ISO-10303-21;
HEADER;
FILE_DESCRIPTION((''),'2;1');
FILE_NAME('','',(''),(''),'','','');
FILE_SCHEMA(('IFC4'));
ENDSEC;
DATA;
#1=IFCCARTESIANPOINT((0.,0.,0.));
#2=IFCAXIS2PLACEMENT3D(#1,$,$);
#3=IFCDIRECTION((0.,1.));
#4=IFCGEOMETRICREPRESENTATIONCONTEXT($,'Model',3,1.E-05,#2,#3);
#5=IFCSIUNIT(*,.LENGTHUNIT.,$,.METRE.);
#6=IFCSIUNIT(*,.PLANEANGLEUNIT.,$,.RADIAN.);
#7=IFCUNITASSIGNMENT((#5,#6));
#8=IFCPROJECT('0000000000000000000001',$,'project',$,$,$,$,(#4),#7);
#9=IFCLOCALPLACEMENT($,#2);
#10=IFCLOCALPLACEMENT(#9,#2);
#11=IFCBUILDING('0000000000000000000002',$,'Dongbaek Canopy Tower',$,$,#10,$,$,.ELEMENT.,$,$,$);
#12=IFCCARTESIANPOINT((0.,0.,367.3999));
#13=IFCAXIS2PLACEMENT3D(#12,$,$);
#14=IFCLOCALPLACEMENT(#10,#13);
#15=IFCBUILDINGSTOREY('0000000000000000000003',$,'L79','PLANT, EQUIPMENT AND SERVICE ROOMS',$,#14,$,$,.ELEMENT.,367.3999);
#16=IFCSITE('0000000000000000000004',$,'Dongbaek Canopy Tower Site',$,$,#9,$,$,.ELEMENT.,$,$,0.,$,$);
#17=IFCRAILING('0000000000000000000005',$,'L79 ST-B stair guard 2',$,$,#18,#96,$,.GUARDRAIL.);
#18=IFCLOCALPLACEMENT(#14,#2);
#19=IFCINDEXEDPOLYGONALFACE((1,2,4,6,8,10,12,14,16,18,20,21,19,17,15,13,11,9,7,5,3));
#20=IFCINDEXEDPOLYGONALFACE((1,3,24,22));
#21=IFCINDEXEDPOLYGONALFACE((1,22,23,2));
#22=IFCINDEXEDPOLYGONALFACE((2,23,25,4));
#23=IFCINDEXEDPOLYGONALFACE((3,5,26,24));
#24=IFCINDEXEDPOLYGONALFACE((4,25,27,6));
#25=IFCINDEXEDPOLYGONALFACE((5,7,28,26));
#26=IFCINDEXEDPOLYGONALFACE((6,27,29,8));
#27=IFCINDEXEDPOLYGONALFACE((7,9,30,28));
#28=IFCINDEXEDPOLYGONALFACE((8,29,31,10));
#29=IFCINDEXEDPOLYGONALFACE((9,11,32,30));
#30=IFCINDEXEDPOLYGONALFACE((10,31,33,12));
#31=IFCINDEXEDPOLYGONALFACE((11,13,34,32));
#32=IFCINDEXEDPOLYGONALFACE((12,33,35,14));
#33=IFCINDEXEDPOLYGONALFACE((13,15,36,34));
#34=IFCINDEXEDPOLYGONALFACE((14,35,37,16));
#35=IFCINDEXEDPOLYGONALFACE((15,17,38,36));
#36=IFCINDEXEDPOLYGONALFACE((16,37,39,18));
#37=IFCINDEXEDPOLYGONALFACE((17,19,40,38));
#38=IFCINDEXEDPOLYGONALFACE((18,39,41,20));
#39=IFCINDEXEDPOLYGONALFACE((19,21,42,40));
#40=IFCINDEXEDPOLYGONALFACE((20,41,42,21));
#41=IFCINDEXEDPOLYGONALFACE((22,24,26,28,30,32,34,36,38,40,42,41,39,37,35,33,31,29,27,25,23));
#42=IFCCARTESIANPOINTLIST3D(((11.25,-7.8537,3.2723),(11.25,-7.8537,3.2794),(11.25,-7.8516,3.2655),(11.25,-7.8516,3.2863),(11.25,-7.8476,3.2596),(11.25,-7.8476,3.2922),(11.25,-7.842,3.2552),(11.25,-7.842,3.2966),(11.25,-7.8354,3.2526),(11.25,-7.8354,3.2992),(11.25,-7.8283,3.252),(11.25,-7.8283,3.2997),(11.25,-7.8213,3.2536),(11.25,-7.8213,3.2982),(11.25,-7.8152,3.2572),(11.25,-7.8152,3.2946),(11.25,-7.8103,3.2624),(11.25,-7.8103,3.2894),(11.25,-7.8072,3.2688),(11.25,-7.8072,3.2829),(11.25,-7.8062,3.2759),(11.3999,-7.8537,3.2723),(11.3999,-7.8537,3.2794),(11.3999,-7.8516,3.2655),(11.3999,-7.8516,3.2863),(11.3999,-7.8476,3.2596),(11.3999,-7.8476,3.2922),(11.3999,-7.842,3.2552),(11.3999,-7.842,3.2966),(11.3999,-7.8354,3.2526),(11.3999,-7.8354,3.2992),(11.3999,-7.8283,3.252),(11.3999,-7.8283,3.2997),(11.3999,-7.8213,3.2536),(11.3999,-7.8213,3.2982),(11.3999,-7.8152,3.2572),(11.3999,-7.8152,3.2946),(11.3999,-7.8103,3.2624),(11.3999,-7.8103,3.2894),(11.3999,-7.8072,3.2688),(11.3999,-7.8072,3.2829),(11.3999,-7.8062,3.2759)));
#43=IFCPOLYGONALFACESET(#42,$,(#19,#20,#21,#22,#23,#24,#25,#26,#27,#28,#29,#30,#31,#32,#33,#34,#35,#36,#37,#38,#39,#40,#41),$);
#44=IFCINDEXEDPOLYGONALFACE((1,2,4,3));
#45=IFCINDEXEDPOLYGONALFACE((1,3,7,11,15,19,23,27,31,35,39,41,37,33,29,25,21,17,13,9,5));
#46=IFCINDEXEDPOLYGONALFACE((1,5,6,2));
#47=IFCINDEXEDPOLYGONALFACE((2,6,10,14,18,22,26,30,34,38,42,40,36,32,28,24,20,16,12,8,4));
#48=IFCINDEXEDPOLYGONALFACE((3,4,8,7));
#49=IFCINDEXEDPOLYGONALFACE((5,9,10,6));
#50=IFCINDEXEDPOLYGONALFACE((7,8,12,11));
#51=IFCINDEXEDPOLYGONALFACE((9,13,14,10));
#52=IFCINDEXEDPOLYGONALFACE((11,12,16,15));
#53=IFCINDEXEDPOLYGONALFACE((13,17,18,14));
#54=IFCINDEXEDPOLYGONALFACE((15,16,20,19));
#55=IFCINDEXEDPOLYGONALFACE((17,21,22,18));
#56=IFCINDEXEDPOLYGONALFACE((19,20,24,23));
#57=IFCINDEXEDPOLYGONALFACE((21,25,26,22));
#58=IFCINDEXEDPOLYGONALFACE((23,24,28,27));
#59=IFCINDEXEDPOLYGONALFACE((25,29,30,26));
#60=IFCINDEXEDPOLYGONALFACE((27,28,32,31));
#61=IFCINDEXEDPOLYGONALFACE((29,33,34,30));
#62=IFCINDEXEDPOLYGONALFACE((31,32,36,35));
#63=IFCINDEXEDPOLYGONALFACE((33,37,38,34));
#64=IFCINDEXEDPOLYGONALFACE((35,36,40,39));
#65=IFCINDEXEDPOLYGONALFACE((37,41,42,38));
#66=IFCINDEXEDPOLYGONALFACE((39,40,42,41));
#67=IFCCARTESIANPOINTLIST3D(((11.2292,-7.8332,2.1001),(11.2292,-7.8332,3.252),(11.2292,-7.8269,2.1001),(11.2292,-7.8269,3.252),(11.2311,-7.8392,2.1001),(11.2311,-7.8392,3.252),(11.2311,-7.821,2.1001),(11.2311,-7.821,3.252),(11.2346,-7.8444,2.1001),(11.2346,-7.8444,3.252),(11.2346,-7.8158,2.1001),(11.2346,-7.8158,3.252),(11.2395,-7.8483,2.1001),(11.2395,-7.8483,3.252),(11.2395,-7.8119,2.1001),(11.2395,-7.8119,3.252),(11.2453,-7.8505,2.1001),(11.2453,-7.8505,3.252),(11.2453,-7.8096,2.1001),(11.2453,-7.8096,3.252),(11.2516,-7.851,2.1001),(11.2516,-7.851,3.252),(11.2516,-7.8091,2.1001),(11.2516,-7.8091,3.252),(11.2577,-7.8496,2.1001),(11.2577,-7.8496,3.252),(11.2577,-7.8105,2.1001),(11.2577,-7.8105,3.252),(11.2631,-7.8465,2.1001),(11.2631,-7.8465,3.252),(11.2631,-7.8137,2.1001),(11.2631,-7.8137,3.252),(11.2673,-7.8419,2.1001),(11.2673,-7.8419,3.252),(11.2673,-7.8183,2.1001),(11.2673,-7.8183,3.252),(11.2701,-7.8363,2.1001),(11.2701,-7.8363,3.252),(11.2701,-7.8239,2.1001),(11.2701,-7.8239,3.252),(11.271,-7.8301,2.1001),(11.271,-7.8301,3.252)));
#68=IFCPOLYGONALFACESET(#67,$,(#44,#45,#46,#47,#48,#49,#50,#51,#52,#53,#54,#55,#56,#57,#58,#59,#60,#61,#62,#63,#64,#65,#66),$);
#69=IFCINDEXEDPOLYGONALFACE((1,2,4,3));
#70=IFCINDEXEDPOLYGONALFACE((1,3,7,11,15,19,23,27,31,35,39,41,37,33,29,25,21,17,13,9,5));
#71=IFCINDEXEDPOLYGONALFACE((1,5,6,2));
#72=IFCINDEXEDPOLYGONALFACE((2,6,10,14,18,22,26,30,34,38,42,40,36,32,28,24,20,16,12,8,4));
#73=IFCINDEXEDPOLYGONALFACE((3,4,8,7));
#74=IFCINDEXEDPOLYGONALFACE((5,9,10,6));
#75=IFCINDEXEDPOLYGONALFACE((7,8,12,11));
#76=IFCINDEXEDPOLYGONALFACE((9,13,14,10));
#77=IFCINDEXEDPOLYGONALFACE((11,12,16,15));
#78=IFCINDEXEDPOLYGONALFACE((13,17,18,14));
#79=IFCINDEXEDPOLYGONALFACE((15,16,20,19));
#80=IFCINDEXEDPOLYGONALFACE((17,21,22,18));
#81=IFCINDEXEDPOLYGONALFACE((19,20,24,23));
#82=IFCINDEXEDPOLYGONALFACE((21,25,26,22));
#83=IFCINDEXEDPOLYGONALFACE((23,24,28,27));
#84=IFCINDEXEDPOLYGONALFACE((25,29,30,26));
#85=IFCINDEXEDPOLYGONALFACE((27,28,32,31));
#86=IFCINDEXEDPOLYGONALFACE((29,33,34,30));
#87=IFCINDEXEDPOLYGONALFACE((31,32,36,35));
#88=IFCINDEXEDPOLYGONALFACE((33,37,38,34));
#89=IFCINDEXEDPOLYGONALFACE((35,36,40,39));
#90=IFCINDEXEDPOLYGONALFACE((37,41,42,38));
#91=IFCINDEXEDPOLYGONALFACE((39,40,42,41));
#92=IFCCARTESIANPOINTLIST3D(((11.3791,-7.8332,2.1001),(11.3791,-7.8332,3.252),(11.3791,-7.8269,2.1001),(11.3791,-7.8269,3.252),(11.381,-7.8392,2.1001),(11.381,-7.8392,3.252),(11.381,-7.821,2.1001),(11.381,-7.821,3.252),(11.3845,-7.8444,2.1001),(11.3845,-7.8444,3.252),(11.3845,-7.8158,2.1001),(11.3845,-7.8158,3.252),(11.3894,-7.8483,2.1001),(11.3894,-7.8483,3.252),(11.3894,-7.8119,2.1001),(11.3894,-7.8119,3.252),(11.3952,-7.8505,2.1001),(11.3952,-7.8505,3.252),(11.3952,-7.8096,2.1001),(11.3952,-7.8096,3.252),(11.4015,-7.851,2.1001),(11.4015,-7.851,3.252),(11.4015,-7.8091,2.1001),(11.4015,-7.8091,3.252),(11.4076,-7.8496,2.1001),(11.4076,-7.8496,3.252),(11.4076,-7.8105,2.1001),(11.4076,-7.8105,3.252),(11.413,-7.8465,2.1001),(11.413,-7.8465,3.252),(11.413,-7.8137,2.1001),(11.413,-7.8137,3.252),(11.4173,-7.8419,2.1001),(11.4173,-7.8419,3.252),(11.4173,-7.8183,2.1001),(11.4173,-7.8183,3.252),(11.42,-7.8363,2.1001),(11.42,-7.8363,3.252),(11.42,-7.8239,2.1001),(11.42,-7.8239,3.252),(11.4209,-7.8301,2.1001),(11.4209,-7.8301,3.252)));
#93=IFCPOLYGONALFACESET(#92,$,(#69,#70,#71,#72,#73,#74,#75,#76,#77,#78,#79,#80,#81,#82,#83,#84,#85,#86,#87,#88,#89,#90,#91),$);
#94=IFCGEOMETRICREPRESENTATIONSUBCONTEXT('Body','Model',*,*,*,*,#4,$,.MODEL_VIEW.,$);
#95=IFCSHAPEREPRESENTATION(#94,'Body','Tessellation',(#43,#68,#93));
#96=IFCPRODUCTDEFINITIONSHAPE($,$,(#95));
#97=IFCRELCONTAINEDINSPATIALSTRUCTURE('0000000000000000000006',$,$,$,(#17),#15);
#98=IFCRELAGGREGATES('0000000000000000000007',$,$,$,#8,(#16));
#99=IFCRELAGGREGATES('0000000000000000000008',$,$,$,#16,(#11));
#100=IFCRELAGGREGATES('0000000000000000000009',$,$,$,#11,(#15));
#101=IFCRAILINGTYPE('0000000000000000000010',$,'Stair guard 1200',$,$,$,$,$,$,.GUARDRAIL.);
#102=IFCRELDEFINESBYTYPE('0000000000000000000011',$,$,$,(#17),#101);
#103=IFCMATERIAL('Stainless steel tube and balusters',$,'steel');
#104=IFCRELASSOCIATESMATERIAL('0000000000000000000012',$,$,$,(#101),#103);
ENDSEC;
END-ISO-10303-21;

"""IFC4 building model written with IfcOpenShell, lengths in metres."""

from ifc_helpers import new_model, si_unit, direction, frame, origin, origin_2d, place, context, subcontext, project, spatial, circle, extrude, material, type_object, element, save


model = new_model("IFC4")

# Units and contexts
model_context = context("Model", 3, precision=1e-05, world=origin(), true_north=direction((0.0, 1.0)))
body_context = subcontext(model_context, "Body", "Model", "MODEL_VIEW")
ifc_project = project(units=[si_unit("LENGTHUNIT", "METRE"), si_unit("PLANEANGLEUNIT", "RADIAN")], contexts=[model_context])

# Site, building, storey
site_placement = place(None, origin())
site = spatial("IfcSite", under=ifc_project, at=site_placement, Name="Dongbaek Canopy Tower Site", CompositionType="ELEMENT", RefElevation=0.0)
building_placement = place(site_placement, origin())
building = spatial("IfcBuilding", under=site, at=building_placement, Name="Dongbaek Canopy Tower", CompositionType="ELEMENT")
storey_placement = place(building_placement, frame((0.0, 0.0, 367.3999)))
storey = spatial("IfcBuildingStorey", under=building, at=storey_placement, Name="L79", Description="PLANT, EQUIPMENT AND SERVICE ROOMS", CompositionType="ELEMENT", Elevation=367.3999)

# Railing
ifc_material_1 = material(Name="Stainless steel tube and balusters", Category="steel")
railing_type_1 = type_object("IfcRailingType", Name="Stair guard 1200", PredefinedType="GUARDRAIL", material=ifc_material_1)
railing_1_placement = place(storey_placement, frame((11.25, -7.8301, 2.1001)))
element("IfcRailing", 1, at=railing_1_placement, inside=storey, type_object=railing_type_1, Name="L79 ST-B stair guard 2", PredefinedType="GUARDRAIL", context=body_context, shape_type="SweptSolid", body=[
    extrude(circle(Radius=0.0239, at=origin_2d()), frame((0.0, 0.0, 1.1758), z_axis=(1.0, 0.0, 0.0), x_axis=(0.0, 1.0, 0.0)), (0.0, 0.0, 1.0), 0.1499),
    extrude(circle(Radius=0.021, at=origin_2d()), origin(), (0.0, 0.0, 1.0), 1.1519),
    extrude(circle(Radius=0.021, at=origin_2d()), frame((0.1499, 0.0, 0.0)), (0.0, 0.0, 1.0), 1.1519),
])

save(model, "model.ifc")
